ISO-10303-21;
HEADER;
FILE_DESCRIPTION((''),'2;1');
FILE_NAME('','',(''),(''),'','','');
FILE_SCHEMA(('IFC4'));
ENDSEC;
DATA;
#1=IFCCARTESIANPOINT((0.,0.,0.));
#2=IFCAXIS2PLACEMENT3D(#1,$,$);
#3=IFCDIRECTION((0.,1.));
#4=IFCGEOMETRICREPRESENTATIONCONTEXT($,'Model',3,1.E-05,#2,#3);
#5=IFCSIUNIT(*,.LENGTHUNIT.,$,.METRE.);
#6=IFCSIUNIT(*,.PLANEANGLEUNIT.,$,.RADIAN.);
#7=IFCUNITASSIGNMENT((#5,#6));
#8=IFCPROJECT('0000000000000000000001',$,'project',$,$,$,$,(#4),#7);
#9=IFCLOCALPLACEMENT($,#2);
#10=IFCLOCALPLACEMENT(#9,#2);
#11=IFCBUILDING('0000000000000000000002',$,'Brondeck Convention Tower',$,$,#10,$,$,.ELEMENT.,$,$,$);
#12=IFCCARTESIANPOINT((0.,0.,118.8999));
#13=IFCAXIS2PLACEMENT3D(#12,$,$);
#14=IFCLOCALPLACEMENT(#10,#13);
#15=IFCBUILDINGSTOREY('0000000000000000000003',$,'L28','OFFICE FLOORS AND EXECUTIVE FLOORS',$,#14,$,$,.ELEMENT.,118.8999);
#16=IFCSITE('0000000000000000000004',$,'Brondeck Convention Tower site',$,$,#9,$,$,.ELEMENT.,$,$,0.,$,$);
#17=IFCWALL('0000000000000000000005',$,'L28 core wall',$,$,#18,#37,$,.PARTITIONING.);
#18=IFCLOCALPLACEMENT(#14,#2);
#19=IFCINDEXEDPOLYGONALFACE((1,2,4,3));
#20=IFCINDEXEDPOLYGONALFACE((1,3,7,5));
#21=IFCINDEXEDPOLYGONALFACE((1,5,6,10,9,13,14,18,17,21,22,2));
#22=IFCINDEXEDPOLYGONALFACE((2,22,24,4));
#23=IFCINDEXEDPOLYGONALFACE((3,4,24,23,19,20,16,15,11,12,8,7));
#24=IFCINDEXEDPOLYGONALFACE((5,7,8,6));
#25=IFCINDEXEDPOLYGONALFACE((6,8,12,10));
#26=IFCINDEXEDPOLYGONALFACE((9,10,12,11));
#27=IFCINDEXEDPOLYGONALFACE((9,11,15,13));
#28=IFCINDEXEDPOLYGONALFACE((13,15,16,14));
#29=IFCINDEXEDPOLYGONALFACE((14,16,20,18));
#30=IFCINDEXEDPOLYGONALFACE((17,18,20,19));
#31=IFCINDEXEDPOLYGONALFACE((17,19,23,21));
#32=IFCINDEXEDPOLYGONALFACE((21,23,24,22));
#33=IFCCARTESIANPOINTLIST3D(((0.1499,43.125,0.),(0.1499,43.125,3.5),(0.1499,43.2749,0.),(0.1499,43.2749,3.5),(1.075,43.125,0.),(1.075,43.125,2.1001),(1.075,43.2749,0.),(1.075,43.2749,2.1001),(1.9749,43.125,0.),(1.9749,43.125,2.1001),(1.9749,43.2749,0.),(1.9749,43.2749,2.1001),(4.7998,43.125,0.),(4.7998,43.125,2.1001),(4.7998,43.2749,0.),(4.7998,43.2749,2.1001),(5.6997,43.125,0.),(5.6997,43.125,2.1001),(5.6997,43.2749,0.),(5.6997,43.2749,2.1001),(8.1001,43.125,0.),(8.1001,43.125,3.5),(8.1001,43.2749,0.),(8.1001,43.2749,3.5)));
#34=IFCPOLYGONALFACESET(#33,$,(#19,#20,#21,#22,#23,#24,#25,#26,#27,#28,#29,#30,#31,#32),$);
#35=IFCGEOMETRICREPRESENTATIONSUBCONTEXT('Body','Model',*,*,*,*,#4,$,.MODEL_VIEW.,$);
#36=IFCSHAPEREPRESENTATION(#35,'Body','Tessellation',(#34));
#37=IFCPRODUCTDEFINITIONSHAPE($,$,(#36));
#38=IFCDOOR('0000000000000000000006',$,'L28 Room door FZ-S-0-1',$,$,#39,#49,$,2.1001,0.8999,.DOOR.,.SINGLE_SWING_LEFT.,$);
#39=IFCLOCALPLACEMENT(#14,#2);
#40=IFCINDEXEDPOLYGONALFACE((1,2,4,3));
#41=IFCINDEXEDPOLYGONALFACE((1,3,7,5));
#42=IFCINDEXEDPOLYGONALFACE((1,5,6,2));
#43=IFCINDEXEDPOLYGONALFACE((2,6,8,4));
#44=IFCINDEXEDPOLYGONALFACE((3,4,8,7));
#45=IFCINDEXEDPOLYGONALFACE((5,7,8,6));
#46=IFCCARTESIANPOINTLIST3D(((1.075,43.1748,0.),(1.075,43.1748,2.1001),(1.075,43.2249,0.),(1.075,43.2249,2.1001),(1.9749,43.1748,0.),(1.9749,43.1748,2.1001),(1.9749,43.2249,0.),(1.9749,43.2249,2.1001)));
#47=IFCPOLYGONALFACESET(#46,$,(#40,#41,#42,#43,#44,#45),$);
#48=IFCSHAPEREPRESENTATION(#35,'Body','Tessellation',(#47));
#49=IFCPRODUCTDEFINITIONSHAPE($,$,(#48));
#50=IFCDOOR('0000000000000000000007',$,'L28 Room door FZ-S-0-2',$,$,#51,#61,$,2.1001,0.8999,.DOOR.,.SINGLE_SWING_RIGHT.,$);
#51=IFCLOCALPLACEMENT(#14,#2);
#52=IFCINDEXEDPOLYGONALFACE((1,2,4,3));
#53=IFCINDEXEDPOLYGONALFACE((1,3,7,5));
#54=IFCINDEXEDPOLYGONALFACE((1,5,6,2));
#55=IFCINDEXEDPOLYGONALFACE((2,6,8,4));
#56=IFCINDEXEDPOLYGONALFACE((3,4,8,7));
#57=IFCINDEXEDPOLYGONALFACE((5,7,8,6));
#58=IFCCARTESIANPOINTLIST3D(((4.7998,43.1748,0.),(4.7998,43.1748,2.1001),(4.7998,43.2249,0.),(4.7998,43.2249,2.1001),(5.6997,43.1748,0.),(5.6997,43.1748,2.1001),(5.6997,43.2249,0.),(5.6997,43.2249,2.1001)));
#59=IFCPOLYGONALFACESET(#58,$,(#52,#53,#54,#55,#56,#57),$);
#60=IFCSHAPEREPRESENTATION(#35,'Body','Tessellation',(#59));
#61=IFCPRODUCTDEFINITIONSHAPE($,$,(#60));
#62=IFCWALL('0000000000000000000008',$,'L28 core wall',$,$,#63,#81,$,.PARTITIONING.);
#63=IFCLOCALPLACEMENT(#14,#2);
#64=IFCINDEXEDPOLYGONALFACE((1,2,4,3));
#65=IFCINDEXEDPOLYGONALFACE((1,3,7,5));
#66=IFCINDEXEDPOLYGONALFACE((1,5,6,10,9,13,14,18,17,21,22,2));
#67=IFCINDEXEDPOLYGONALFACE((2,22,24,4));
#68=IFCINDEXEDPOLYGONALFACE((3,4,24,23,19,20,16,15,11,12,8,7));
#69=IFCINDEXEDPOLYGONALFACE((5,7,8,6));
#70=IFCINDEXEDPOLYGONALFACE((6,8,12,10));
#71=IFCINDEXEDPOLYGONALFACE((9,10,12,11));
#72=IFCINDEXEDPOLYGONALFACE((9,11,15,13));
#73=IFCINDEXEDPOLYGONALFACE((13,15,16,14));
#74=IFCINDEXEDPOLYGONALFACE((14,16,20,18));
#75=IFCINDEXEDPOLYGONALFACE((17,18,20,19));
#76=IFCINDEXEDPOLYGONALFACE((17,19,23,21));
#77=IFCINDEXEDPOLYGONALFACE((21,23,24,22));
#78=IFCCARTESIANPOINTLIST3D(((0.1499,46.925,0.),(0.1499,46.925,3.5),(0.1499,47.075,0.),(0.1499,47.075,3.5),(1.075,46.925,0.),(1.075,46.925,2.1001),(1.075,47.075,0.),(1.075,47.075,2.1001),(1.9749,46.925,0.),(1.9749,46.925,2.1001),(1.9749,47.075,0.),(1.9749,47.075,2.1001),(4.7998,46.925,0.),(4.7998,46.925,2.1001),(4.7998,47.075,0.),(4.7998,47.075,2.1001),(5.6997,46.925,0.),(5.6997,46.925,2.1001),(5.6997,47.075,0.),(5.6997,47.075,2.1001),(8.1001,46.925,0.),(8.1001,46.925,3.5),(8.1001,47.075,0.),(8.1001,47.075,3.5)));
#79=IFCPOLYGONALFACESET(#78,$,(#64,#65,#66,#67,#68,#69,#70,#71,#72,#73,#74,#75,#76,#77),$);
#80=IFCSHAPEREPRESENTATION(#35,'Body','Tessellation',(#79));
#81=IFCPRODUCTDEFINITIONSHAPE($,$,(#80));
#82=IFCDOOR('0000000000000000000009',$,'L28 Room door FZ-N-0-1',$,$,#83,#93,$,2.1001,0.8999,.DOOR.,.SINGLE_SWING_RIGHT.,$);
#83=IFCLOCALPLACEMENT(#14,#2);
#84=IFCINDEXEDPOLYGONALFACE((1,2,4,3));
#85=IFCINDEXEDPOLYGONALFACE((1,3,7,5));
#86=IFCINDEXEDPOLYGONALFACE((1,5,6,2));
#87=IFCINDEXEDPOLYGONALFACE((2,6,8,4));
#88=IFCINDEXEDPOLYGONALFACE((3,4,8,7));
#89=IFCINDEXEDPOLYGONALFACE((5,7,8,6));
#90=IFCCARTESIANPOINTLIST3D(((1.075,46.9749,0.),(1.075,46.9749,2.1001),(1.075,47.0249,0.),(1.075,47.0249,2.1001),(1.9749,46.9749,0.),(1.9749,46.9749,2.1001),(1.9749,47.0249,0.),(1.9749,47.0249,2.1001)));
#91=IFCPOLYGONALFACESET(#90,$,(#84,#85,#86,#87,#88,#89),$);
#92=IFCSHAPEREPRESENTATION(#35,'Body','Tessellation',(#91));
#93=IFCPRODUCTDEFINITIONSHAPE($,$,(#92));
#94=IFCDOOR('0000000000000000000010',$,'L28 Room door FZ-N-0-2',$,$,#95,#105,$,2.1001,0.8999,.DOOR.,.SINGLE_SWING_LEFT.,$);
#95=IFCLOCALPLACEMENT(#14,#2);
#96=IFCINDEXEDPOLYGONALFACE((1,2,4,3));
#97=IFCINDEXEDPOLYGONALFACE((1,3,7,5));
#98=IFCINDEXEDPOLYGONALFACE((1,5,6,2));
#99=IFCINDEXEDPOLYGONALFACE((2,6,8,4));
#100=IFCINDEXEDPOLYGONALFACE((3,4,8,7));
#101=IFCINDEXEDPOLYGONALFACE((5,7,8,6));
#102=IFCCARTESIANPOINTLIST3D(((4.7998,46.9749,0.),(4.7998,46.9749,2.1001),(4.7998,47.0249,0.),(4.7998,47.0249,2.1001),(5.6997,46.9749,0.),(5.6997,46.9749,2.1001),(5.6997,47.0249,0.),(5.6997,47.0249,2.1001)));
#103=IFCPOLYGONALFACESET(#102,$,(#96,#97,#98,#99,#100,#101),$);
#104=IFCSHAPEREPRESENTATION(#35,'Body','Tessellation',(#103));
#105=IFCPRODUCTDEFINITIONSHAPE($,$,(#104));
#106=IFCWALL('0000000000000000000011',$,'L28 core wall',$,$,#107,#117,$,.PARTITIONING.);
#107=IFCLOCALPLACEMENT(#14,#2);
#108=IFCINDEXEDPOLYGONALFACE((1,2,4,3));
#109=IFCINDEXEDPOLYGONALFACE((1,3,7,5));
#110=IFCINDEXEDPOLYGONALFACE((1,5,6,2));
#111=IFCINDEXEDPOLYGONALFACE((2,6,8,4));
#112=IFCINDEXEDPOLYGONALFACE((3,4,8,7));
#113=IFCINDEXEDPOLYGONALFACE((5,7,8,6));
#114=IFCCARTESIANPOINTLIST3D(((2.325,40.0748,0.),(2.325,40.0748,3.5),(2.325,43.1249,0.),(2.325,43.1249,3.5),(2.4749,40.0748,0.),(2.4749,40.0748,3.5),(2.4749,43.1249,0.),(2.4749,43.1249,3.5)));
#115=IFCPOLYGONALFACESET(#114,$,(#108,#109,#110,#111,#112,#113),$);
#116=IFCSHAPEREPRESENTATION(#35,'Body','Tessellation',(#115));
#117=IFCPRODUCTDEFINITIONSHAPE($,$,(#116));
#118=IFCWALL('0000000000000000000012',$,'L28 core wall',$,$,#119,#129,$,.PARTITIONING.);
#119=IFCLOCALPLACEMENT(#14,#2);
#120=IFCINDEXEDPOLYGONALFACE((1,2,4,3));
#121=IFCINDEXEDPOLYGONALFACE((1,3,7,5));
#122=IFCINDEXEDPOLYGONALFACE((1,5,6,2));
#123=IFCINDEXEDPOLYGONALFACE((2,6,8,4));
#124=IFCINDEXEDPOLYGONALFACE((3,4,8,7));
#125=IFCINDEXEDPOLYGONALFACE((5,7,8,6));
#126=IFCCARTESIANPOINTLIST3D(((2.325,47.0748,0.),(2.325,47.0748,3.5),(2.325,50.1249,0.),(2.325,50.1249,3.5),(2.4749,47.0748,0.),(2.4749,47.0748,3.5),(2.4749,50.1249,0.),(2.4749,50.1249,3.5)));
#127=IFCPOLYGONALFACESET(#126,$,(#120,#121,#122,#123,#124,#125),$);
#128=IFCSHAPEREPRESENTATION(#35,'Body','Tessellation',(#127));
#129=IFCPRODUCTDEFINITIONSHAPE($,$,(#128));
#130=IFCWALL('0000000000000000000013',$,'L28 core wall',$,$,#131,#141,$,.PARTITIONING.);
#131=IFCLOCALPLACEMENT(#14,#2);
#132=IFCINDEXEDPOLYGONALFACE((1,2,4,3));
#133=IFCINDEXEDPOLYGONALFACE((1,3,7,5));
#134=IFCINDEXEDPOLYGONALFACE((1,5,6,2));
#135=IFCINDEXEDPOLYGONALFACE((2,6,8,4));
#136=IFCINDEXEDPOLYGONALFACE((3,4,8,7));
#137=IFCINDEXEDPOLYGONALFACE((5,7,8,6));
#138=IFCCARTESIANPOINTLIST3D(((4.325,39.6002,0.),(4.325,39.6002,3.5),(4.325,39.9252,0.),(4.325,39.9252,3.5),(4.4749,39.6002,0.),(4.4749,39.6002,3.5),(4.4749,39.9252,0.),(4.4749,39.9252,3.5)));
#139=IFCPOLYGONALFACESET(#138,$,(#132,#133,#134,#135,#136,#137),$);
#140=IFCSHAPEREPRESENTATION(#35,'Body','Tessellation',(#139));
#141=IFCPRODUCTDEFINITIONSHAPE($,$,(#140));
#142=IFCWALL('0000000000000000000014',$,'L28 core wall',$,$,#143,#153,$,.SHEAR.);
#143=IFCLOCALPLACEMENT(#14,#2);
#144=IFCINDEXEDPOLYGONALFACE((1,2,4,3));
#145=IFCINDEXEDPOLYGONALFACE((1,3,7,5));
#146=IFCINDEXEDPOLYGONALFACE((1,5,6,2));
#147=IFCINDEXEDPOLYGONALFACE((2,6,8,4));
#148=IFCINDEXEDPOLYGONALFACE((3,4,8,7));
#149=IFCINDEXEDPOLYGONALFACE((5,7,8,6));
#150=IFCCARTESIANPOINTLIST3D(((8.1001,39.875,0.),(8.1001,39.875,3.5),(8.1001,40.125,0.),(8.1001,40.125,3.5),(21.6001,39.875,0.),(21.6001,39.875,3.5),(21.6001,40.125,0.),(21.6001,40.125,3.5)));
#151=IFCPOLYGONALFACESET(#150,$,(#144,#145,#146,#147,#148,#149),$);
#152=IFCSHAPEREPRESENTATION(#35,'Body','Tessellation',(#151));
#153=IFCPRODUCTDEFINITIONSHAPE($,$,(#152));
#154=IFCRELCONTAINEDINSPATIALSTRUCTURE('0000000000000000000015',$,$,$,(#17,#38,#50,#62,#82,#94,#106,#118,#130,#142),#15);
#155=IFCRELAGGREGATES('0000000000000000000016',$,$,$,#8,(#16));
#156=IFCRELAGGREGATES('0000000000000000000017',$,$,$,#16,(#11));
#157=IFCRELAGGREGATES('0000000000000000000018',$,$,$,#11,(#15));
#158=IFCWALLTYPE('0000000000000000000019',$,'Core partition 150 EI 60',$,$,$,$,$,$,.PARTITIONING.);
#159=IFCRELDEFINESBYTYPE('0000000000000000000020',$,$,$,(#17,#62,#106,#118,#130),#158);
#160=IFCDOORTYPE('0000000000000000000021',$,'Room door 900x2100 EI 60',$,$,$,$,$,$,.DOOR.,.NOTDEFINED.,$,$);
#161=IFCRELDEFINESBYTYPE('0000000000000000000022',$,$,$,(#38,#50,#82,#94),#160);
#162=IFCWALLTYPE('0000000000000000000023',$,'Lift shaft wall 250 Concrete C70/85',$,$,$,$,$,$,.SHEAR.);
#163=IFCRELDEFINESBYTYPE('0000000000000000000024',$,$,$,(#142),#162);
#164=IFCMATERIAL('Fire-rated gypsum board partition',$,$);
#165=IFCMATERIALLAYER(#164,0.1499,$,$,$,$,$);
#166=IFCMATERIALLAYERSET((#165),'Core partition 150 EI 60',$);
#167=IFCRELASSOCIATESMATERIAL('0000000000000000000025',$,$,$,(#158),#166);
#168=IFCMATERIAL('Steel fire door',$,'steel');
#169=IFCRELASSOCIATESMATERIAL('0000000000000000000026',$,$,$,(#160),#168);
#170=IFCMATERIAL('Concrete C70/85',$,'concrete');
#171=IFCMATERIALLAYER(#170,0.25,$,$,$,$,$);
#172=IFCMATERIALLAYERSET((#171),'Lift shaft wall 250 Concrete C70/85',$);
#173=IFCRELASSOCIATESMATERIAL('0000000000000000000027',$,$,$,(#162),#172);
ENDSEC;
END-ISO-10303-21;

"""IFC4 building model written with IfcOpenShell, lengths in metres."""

from ifc_helpers import new_model, si_unit, direction, frame, frame_2d, origin, place, context, subcontext, project, spatial, rectangle, extrude, material, layer, layer_set, type_object, element, fill, save


model = new_model("IFC4")

# Units and contexts
model_context = context("Model", 3, precision=1e-05, world=origin(), true_north=direction((0.0, 1.0)))
body_context = subcontext(model_context, "Body", "Model", "MODEL_VIEW")
ifc_project = project(units=[si_unit("LENGTHUNIT", "METRE"), si_unit("PLANEANGLEUNIT", "RADIAN")], contexts=[model_context])

# Site, building, storey
site_placement = place(None, origin())
site = spatial("IfcSite", under=ifc_project, at=site_placement, Name="Brondeck Convention Tower site", CompositionType="ELEMENT", RefElevation=0.0)
building_placement = place(site_placement, origin())
building = spatial("IfcBuilding", under=site, at=building_placement, Name="Brondeck Convention Tower", CompositionType="ELEMENT")
storey_placement = place(building_placement, frame((0.0, 0.0, 118.8999)))
storey = spatial("IfcBuildingStorey", under=building, at=storey_placement, Name="L28", Description="OFFICE FLOORS AND EXECUTIVE FLOORS", CompositionType="ELEMENT", Elevation=118.8999)

# Shared definitions
ifc_material_1 = material(Name="Concrete C70/85", Category="concrete")

# Shared definitions
ifc_material_2 = material(Name="Fire-rated gypsum board partition")
ifc_layer_1 = layer(ifc_material_2, 0.1499)
ifc_layer_set_1 = layer_set([ifc_layer_1], Name="Core partition 150 EI 60")
wall_type_1 = type_object("IfcWallType", Name="Core partition 150 EI 60", PredefinedType="PARTITIONING", material=ifc_layer_set_1)
ifc_material_3 = material(Name="Steel fire door", Category="steel")
door_type_1 = type_object("IfcDoorType", Name="Room door 900x2100 EI 60", OperationType="NOTDEFINED", PredefinedType="DOOR", material=ifc_material_3)

# Walls, openings, doors
wall_1_placement = place(storey_placement, frame((0.1499, 43.2, 0.0), z_axis=(0.0, 0.0, 1.0), x_axis=(1.0, 0.0, 0.0)))
wall_1 = element("IfcWall", 1, at=wall_1_placement, inside=storey, type_object=wall_type_1, Name="L28 core wall", PredefinedType="PARTITIONING", context=body_context, shape_type="SweptSolid", body=[
    extrude(rectangle(XDim=7.9502, YDim=0.1499, at=frame_2d((3.9751, 0.0))), origin(), (0.0, 0.0, 1.0), 3.5),
])
opening_1_placement = place(wall_1_placement, frame((0.925, 0.0, 0.0)))
opening_1 = element("IfcOpeningElement", 2, at=opening_1_placement, cuts=wall_1, PredefinedType="OPENING", context=body_context, shape_type="SweptSolid", body=[
    extrude(rectangle(XDim=0.8999, YDim=2.1001, at=frame_2d((0.45, 1.05))), frame((0.0, 0.085, 0.0), z_axis=(0.0, -1.0, 0.0), x_axis=(1.0, 0.0, 0.0)), (0.0, 0.0, 1.0), 0.1699),
])
opening_2_placement = place(wall_1_placement, frame((4.6499, 0.0, 0.0)))
opening_2 = element("IfcOpeningElement", 3, at=opening_2_placement, cuts=wall_1, PredefinedType="OPENING", context=body_context, shape_type="SweptSolid", body=[
    extrude(rectangle(XDim=0.8999, YDim=2.1001, at=frame_2d((0.45, 1.05))), frame((0.0, 0.085, 0.0), z_axis=(0.0, -1.0, 0.0), x_axis=(1.0, 0.0, 0.0)), (0.0, 0.0, 1.0), 0.1699),
])
door_1_placement = place(opening_1_placement, origin())
door_1 = element("IfcDoor", 4, at=door_1_placement, inside=storey, type_object=door_type_1, Name="L28 Room door FZ-S-0-1", OperationType="SINGLE_SWING_LEFT", OverallHeight=2.1001, OverallWidth=0.8999, PredefinedType="DOOR", context=body_context, shape_type="SweptSolid", body=[
    extrude(rectangle(XDim=0.8999, YDim=2.1001, at=frame_2d((0.45, 1.05))), frame((0.0, 0.0249, 0.0), z_axis=(0.0, -1.0, 0.0), x_axis=(1.0, 0.0, 0.0)), (0.0, 0.0, 1.0), 0.05),
])
fill(opening_1, door_1)
door_2_placement = place(opening_2_placement, origin())
door_2 = element("IfcDoor", 5, at=door_2_placement, inside=storey, type_object=door_type_1, Name="L28 Room door FZ-S-0-2", OperationType="SINGLE_SWING_RIGHT", OverallHeight=2.1001, OverallWidth=0.8999, PredefinedType="DOOR", context=body_context, shape_type="SweptSolid", body=[
    extrude(rectangle(XDim=0.8999, YDim=2.1001, at=frame_2d((0.45, 1.05))), frame((0.0, 0.0249, 0.0), z_axis=(0.0, -1.0, 0.0), x_axis=(1.0, 0.0, 0.0)), (0.0, 0.0, 1.0), 0.05),
])
fill(opening_2, door_2)
wall_2_placement = place(storey_placement, frame((0.1499, 47.0, 0.0), z_axis=(0.0, 0.0, 1.0), x_axis=(1.0, 0.0, 0.0)))
wall_2 = element("IfcWall", 6, at=wall_2_placement, inside=storey, type_object=wall_type_1, Name="L28 core wall", PredefinedType="PARTITIONING", context=body_context, shape_type="SweptSolid", body=[
    extrude(rectangle(XDim=7.9502, YDim=0.1499, at=frame_2d((3.9751, 0.0))), origin(), (0.0, 0.0, 1.0), 3.5),
])
opening_3_placement = place(wall_2_placement, frame((0.925, 0.0, 0.0)))
opening_3 = element("IfcOpeningElement", 7, at=opening_3_placement, cuts=wall_2, PredefinedType="OPENING", context=body_context, shape_type="SweptSolid", body=[
    extrude(rectangle(XDim=0.8999, YDim=2.1001, at=frame_2d((0.45, 1.05))), frame((0.0, 0.085, 0.0), z_axis=(0.0, -1.0, 0.0), x_axis=(1.0, 0.0, 0.0)), (0.0, 0.0, 1.0), 0.1699),
])
opening_4_placement = place(wall_2_placement, frame((4.6499, 0.0, 0.0)))
opening_4 = element("IfcOpeningElement", 8, at=opening_4_placement, cuts=wall_2, PredefinedType="OPENING", context=body_context, shape_type="SweptSolid", body=[
    extrude(rectangle(XDim=0.8999, YDim=2.1001, at=frame_2d((0.45, 1.05))), frame((0.0, 0.085, 0.0), z_axis=(0.0, -1.0, 0.0), x_axis=(1.0, 0.0, 0.0)), (0.0, 0.0, 1.0), 0.1699),
])
door_3_placement = place(opening_3_placement, origin())
door_3 = element("IfcDoor", 9, at=door_3_placement, inside=storey, type_object=door_type_1, Name="L28 Room door FZ-N-0-1", OperationType="SINGLE_SWING_RIGHT", OverallHeight=2.1001, OverallWidth=0.8999, PredefinedType="DOOR", context=body_context, shape_type="SweptSolid", body=[
    extrude(rectangle(XDim=0.8999, YDim=2.1001, at=frame_2d((0.45, 1.05))), frame((0.0, 0.0249, 0.0), z_axis=(0.0, -1.0, 0.0), x_axis=(1.0, 0.0, 0.0)), (0.0, 0.0, 1.0), 0.05),
])
fill(opening_3, door_3)
door_4_placement = place(opening_4_placement, origin())
door_4 = element("IfcDoor", 10, at=door_4_placement, inside=storey, type_object=door_type_1, Name="L28 Room door FZ-N-0-2", OperationType="SINGLE_SWING_LEFT", OverallHeight=2.1001, OverallWidth=0.8999, PredefinedType="DOOR", context=body_context, shape_type="SweptSolid", body=[
    extrude(rectangle(XDim=0.8999, YDim=2.1001, at=frame_2d((0.45, 1.05))), frame((0.0, 0.0249, 0.0), z_axis=(0.0, -1.0, 0.0), x_axis=(1.0, 0.0, 0.0)), (0.0, 0.0, 1.0), 0.05),
])
fill(opening_4, door_4)

# Walls
for number, where, z_axis, x_axis, name in (
    (11, (2.3999, 40.075, 0.0), (0.0, 0.0, 1.0), (0.0, 1.0, 0.0), "L28 core wall"),
    (12, (2.3999, 47.075, 0.0), (0.0, 0.0, 1.0), (0.0, 1.0, 0.0), "L28 core wall"),
):
    element("IfcWall", number, at=place(storey_placement, frame(where, z_axis=z_axis, x_axis=x_axis)), inside=storey, type_object=wall_type_1, Name=name, PredefinedType="PARTITIONING", context=body_context, shape_type="SweptSolid", body=[
        extrude(rectangle(XDim=3.05, YDim=0.1499, at=frame_2d((1.5249, 0.0))), origin(), (0.0, 0.0, 1.0), 3.5),
    ])
wall_3_placement = place(storey_placement, frame((4.3999, 39.6001, 0.0), z_axis=(0.0, 0.0, 1.0), x_axis=(0.0, 1.0, 0.0)))
element("IfcWall", 13, at=wall_3_placement, inside=storey, type_object=wall_type_1, Name="L28 core wall", PredefinedType="PARTITIONING", context=body_context, shape_type="SweptSolid", body=[
    extrude(rectangle(XDim=0.325, YDim=0.1499, at=frame_2d((0.1626, 0.0))), origin(), (0.0, 0.0, 1.0), 3.5),
])
ifc_layer_2 = layer(ifc_material_1, 0.25)
ifc_layer_set_2 = layer_set([ifc_layer_2], Name="Lift shaft wall 250 Concrete C70/85")
wall_type_2 = type_object("IfcWallType", Name="Lift shaft wall 250 Concrete C70/85", PredefinedType="SHEAR", material=ifc_layer_set_2)
wall_4_placement = place(storey_placement, frame((8.1001, 40.0, 0.0), z_axis=(0.0, 0.0, 1.0), x_axis=(1.0, 0.0, 0.0)))
element("IfcWall", 14, at=wall_4_placement, inside=storey, type_object=wall_type_2, Name="L28 core wall", PredefinedType="SHEAR", context=body_context, shape_type="SweptSolid", body=[
    extrude(rectangle(XDim=13.5, YDim=0.25, at=frame_2d((6.75, 0.0))), origin(), (0.0, 0.0, 1.0), 3.5),
])

save(model, "model.ifc")
